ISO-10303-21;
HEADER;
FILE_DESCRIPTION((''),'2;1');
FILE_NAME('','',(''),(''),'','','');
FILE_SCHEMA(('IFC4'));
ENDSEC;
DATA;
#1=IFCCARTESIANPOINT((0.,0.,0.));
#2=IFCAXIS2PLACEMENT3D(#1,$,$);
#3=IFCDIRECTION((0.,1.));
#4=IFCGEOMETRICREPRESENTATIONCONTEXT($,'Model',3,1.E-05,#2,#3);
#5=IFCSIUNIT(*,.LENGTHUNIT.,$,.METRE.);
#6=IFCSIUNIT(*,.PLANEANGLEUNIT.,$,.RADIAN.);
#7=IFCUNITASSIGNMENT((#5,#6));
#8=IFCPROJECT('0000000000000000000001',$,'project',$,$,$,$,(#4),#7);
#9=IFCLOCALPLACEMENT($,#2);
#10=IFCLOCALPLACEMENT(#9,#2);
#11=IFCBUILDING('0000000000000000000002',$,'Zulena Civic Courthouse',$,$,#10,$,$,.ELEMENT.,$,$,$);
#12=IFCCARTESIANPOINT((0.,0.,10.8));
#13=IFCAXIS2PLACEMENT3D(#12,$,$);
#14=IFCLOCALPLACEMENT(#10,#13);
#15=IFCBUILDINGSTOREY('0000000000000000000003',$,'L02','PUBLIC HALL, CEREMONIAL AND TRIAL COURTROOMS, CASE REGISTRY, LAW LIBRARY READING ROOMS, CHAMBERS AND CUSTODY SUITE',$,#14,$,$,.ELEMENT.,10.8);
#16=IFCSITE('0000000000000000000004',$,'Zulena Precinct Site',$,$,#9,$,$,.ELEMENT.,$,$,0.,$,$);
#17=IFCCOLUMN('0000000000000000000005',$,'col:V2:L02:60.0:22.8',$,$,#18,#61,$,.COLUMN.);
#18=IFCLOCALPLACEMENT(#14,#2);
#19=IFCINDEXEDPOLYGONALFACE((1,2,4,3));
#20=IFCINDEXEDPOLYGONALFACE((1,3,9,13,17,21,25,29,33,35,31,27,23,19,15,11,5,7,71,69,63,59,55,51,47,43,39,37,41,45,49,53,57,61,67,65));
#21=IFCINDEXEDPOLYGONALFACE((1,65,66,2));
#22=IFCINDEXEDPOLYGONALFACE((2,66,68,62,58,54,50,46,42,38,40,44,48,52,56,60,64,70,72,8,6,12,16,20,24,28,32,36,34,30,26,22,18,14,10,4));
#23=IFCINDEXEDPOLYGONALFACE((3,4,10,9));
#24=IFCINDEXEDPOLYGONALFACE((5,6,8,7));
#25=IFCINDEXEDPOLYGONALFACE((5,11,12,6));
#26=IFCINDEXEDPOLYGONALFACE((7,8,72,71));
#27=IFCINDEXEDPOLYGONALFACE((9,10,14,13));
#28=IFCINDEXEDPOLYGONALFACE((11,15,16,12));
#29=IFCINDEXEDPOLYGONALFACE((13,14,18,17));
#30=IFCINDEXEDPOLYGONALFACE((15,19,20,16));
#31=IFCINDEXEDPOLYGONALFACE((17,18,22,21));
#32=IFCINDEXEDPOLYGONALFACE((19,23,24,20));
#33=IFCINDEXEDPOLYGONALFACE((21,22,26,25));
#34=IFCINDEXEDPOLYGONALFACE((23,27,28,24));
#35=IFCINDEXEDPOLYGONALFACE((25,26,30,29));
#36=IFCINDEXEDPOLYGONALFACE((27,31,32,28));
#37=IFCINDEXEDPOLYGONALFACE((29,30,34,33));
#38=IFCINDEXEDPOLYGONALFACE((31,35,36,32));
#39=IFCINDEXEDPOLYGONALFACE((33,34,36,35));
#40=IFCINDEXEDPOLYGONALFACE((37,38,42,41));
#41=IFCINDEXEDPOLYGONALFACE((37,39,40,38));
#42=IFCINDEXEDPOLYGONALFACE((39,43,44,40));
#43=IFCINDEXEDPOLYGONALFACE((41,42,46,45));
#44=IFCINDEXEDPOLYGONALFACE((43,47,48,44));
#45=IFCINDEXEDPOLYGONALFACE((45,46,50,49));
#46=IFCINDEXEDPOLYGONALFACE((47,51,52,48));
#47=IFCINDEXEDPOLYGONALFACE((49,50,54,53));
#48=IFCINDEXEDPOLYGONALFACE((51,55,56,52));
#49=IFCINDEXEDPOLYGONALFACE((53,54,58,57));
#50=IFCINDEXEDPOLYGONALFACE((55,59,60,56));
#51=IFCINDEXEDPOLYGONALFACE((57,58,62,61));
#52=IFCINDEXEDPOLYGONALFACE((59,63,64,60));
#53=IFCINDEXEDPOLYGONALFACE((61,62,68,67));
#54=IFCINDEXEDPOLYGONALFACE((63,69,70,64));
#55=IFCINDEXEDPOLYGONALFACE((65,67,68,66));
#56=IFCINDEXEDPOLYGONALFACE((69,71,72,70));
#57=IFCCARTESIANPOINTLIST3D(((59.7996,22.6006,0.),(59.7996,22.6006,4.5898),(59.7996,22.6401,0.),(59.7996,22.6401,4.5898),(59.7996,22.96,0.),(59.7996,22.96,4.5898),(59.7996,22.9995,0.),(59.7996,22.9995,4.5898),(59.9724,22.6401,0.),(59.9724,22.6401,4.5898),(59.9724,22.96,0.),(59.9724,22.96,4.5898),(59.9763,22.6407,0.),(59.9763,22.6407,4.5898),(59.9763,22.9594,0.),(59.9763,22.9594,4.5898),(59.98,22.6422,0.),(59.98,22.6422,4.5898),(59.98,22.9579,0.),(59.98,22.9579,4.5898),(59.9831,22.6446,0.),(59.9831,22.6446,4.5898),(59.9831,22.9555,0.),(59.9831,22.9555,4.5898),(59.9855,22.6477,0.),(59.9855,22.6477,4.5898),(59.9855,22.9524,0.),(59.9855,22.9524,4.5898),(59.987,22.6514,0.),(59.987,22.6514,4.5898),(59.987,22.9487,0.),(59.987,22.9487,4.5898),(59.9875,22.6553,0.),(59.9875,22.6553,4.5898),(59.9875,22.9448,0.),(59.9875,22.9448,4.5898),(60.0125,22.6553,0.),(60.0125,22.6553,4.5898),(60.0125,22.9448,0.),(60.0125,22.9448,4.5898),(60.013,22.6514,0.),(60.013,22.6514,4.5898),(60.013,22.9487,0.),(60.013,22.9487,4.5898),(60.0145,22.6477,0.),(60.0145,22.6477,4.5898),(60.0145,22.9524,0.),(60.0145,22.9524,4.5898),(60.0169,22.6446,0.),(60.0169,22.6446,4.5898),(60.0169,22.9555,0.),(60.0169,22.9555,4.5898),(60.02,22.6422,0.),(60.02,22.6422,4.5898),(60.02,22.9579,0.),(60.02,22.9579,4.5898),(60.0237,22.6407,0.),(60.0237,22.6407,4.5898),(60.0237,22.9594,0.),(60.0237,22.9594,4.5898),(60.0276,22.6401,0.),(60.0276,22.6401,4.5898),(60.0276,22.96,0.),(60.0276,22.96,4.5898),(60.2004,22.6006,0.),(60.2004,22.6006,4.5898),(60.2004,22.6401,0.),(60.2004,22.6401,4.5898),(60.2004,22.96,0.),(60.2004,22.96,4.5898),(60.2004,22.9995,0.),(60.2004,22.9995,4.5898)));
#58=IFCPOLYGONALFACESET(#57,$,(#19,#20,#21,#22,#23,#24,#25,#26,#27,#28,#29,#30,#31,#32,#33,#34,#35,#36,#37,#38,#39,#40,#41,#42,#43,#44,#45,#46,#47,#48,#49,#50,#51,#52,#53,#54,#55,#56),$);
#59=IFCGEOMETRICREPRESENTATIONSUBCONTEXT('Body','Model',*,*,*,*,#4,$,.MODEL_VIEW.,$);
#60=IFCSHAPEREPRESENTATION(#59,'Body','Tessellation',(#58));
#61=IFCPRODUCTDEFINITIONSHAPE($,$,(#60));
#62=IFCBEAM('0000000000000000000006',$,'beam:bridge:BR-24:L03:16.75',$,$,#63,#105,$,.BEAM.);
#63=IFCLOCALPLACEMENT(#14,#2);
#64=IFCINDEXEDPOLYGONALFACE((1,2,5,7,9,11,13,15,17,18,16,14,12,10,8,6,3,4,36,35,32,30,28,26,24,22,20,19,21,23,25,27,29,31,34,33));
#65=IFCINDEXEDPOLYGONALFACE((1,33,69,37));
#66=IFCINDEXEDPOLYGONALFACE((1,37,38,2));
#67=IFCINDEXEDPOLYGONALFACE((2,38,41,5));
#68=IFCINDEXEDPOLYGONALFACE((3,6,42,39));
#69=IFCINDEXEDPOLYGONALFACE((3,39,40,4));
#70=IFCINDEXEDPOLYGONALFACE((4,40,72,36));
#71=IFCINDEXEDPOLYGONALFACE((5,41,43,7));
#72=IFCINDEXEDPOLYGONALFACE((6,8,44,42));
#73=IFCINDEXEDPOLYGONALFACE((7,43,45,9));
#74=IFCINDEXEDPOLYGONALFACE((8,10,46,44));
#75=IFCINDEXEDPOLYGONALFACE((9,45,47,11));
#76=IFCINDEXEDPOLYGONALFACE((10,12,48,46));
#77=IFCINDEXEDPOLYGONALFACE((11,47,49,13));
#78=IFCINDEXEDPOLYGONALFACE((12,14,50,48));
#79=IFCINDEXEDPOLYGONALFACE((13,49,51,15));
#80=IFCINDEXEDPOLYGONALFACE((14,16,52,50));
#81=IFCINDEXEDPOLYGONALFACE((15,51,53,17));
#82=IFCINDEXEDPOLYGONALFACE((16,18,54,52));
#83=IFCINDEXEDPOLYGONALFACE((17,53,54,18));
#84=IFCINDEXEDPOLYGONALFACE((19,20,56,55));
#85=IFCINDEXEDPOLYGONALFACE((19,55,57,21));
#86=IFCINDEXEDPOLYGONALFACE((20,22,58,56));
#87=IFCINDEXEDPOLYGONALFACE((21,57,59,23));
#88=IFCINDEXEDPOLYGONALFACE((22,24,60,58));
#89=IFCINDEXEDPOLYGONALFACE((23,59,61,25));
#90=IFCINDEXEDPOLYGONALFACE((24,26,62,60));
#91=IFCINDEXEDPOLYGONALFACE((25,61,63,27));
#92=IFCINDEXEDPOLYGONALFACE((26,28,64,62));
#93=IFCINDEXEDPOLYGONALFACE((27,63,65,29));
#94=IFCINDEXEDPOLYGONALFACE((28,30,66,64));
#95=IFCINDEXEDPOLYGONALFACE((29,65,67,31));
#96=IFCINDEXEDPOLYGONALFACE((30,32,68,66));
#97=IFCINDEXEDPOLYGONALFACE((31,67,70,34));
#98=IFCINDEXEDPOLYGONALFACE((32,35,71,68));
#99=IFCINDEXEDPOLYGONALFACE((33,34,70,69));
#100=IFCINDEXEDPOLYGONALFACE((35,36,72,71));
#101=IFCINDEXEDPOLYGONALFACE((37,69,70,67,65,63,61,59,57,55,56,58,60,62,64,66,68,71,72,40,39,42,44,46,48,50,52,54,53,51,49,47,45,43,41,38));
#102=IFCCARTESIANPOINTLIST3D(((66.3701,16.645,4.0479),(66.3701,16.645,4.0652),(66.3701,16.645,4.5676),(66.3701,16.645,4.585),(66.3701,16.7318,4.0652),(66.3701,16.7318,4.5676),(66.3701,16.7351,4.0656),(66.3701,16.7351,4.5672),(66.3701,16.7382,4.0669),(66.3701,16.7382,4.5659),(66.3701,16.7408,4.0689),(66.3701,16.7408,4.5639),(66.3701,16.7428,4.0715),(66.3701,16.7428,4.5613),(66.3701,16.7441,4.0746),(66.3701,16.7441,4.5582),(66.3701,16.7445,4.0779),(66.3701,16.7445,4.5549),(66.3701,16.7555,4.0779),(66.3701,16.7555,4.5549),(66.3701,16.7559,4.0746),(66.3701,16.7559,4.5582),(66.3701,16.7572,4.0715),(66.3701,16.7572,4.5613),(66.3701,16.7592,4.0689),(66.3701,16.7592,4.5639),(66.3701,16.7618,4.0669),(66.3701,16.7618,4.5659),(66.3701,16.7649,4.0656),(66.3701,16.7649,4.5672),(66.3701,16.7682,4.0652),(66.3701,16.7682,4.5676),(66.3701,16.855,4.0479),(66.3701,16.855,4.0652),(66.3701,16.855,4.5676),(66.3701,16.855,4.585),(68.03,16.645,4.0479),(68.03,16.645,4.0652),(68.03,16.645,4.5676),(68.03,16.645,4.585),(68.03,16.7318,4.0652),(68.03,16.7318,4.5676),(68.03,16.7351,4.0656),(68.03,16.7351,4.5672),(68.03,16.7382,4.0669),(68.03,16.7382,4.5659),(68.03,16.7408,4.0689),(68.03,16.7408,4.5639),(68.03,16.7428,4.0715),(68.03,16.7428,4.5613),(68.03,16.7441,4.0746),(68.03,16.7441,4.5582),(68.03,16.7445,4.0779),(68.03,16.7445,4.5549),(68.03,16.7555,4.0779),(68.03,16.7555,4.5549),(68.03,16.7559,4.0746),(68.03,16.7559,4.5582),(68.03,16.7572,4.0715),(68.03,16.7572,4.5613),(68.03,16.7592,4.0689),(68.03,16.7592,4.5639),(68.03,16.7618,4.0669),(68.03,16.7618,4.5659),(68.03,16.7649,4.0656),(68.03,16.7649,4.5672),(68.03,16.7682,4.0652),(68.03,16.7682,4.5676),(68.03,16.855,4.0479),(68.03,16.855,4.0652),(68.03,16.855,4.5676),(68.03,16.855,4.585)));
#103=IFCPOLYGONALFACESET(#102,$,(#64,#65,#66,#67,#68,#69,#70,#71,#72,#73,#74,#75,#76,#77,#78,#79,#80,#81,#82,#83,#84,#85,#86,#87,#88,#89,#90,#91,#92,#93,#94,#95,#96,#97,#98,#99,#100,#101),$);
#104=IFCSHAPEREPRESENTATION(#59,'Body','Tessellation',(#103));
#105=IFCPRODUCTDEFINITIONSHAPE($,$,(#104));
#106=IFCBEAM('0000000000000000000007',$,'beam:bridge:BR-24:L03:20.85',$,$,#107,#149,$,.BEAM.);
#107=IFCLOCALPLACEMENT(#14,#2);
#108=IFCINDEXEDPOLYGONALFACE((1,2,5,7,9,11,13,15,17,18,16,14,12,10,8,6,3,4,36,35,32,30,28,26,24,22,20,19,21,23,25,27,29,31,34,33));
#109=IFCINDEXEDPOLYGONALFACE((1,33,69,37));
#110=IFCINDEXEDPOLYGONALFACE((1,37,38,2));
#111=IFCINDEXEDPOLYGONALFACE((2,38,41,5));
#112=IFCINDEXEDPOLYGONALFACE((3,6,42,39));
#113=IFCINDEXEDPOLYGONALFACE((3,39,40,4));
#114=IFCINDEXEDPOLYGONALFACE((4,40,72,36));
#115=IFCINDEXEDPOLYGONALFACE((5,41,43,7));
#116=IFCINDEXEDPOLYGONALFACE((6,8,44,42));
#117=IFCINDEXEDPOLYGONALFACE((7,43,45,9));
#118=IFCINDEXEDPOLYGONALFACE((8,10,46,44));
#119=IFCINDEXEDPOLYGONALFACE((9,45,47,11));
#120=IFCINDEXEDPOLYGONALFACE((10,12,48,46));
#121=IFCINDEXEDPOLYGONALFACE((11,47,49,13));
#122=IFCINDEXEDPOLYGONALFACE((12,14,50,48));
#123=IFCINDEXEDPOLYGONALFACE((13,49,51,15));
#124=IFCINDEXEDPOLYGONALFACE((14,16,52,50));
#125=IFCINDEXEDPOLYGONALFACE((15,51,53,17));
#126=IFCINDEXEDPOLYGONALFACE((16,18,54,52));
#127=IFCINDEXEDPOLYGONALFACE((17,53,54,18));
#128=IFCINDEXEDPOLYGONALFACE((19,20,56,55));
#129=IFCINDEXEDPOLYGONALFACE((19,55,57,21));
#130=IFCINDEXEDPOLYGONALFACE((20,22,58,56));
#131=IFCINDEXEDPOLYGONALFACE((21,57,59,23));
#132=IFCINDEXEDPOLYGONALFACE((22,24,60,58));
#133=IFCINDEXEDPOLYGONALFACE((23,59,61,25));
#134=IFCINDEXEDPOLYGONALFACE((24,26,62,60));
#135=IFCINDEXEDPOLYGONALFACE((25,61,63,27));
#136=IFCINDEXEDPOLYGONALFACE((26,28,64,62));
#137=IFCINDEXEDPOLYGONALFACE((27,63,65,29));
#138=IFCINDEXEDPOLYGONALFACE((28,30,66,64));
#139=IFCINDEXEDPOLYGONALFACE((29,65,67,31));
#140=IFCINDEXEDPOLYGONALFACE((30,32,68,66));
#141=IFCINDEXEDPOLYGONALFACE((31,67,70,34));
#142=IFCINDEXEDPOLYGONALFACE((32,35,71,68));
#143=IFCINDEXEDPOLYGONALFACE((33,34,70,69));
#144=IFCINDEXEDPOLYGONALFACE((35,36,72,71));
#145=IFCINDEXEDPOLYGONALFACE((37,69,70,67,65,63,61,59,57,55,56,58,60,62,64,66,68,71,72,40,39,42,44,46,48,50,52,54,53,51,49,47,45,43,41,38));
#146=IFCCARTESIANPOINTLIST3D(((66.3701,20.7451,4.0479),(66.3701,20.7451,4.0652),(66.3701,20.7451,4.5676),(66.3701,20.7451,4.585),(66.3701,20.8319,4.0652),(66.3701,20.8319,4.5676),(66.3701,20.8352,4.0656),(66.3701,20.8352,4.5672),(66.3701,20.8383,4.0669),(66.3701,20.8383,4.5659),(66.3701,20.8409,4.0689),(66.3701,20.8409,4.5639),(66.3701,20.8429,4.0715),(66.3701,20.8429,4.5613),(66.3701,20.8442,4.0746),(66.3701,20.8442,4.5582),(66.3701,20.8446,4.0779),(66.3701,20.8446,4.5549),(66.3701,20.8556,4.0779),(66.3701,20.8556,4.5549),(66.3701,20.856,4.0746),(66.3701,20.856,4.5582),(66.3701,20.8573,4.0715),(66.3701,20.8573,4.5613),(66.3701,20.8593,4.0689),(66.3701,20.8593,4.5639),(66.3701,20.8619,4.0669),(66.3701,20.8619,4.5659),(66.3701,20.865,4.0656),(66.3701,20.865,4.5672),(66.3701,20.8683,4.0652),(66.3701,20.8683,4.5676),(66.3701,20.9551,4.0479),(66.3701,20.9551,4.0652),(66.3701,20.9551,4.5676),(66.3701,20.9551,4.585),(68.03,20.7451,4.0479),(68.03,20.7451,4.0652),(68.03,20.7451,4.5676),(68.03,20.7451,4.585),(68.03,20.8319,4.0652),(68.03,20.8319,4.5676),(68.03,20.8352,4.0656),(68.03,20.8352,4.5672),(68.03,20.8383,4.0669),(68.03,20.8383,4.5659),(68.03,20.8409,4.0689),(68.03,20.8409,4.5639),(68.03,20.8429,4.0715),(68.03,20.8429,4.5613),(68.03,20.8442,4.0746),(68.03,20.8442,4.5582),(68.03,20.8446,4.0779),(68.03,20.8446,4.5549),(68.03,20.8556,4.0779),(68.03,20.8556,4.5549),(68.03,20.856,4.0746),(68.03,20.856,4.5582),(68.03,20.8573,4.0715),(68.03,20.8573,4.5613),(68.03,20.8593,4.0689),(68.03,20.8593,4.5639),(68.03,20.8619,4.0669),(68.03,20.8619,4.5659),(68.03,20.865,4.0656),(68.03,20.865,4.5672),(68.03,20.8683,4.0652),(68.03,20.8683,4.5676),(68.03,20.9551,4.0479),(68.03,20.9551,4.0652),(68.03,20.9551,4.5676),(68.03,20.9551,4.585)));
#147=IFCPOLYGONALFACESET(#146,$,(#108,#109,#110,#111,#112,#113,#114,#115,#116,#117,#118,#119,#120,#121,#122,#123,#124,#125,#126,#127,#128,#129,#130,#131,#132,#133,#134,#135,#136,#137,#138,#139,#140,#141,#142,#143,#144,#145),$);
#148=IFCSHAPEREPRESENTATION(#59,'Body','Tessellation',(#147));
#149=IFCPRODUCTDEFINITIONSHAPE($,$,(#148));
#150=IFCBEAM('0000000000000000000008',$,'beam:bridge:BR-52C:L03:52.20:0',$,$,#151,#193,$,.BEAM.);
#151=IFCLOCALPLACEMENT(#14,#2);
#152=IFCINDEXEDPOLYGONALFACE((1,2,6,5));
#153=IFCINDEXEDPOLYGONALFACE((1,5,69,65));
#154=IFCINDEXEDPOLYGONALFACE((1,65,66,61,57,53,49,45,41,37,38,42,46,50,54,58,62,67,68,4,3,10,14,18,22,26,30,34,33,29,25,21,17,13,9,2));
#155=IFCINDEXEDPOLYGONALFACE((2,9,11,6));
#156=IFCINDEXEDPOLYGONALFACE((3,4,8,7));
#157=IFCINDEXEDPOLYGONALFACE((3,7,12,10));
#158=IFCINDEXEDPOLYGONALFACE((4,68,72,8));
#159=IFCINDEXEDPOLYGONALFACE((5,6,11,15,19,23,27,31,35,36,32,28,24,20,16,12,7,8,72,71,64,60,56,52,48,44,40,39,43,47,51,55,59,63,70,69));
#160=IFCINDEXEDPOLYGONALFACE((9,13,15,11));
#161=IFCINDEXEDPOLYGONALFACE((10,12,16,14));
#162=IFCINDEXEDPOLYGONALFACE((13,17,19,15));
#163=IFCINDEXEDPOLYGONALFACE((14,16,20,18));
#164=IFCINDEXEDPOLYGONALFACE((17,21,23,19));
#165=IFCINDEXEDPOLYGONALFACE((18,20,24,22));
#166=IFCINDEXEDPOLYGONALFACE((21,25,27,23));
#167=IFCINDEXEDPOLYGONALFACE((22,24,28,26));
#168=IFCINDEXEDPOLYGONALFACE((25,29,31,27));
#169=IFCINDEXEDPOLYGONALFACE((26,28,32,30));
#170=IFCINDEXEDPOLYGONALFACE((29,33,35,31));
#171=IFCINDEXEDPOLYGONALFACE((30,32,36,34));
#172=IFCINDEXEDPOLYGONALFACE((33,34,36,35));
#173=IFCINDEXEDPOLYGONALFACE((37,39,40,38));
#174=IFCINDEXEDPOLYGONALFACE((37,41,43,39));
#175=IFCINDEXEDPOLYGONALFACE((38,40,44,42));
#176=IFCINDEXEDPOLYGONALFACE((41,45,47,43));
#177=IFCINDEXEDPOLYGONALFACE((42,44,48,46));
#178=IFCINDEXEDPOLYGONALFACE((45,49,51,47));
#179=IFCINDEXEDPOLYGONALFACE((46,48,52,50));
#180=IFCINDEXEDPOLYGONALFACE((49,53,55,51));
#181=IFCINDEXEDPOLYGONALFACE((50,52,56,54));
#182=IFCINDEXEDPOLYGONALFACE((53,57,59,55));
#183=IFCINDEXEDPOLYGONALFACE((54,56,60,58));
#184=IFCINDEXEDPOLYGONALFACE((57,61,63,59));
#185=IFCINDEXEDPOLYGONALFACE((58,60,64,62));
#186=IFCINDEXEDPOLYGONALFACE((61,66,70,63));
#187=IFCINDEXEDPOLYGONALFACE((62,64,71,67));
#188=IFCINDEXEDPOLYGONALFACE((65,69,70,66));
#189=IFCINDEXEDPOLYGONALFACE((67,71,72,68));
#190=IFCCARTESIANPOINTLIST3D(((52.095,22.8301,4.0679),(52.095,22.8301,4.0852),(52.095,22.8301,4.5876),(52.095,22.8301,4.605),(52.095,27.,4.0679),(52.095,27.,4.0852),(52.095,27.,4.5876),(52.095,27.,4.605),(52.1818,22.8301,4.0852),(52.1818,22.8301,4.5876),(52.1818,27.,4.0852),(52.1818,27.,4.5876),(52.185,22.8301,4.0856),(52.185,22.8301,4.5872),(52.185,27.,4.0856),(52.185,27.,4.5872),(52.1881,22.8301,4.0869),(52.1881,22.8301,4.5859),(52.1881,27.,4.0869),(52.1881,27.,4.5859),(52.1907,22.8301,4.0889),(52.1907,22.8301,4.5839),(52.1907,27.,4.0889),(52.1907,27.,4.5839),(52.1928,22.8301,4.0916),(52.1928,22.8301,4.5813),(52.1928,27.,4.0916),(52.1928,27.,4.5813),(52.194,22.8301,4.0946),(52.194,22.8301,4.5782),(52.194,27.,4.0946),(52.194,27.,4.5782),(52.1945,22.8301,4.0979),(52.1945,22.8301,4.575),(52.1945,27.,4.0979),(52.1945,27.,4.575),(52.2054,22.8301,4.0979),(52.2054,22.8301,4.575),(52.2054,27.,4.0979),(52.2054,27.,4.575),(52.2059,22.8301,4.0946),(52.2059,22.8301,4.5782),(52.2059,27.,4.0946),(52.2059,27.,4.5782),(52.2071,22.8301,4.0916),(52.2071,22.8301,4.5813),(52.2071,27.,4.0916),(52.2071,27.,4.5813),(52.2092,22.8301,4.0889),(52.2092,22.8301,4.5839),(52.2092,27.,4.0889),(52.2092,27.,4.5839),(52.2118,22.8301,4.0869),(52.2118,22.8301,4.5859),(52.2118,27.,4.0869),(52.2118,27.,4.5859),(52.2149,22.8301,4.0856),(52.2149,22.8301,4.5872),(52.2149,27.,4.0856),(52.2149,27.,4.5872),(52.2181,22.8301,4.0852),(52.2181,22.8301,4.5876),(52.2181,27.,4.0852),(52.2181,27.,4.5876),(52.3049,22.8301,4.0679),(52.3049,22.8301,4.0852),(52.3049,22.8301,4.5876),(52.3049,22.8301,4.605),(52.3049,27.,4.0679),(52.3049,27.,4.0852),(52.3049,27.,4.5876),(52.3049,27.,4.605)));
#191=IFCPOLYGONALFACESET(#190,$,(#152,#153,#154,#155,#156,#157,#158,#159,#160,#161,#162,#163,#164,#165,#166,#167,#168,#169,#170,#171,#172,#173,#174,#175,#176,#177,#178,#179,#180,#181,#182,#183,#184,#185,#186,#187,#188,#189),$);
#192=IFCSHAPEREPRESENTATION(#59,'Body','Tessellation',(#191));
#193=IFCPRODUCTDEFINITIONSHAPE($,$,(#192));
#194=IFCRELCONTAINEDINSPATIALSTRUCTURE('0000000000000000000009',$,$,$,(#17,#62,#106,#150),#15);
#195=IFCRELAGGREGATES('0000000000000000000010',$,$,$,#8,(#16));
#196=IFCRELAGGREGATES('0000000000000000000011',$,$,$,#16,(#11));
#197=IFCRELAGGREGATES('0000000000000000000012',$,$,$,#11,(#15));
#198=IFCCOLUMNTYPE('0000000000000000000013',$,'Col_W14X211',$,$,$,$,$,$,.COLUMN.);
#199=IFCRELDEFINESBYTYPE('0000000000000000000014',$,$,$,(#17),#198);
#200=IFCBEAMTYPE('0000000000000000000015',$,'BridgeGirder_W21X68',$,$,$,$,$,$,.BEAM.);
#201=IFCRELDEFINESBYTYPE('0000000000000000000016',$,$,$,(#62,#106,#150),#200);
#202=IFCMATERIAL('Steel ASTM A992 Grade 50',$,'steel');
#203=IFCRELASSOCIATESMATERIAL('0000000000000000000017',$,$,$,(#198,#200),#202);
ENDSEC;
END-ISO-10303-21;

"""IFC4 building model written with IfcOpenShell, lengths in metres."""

from ifc_helpers import new_model, si_unit, direction, frame, origin, origin_2d, place, context, subcontext, project, spatial, i_section, extrude, material, material_profile, profile_set, type_object, element, save


model = new_model("IFC4")

# Units and contexts
model_context = context("Model", 3, precision=1e-05, world=origin(), true_north=direction((0.0, 1.0)))
body_context = subcontext(model_context, "Body", "Model", "MODEL_VIEW")
ifc_project = project(units=[si_unit("LENGTHUNIT", "METRE"), si_unit("PLANEANGLEUNIT", "RADIAN")], contexts=[model_context])

# Site, building, storey
site_placement = place(None, origin())
site = spatial("IfcSite", under=ifc_project, at=site_placement, Name="Zulena Precinct Site", CompositionType="ELEMENT", RefElevation=0.0)
building_placement = place(site_placement, origin())
building = spatial("IfcBuilding", under=site, at=building_placement, Name="Zulena Civic Courthouse", CompositionType="ELEMENT")
storey_placement = place(building_placement, frame((0.0, 0.0, 10.8)))
storey = spatial("IfcBuildingStorey", under=building, at=storey_placement, Name="L02", Description="PUBLIC HALL, CEREMONIAL AND TRIAL COURTROOMS, CASE REGISTRY, LAW LIBRARY READING ROOMS, CHAMBERS AND CUSTODY SUITE", CompositionType="ELEMENT", Elevation=10.8)

# Column
ifc_material_1 = material(Name="Steel ASTM A992 Grade 50", Category="steel")
ifc_material_profile_1 = material_profile(ifc_material_1, i_section(OverallWidth=0.4009, OverallDepth=0.3989, WebThickness=0.0249, FlangeThickness=0.0396, FilletRadius=0.0151, at=origin_2d()), Name="W14X211")
ifc_profile_set_1 = profile_set([ifc_material_profile_1], Name="Steel ASTM A992 Grade 50")
column_type = type_object("IfcColumnType", Name="Col_W14X211", PredefinedType="COLUMN", material=ifc_profile_set_1)
column_placement = place(storey_placement, frame((60.0, 22.8, 0.0), z_axis=(0.0, 0.0, 1.0), x_axis=(1.0, 0.0, 0.0)))
element("IfcColumn", 1, at=column_placement, inside=storey, type_object=column_type, Name="col:V2:L02:60.0:22.8", PredefinedType="COLUMN", context=body_context, shape_type="SweptSolid", body=[
    extrude(i_section(OverallWidth=0.4009, OverallDepth=0.3989, WebThickness=0.0249, FlangeThickness=0.0396, FilletRadius=0.0151, at=origin_2d()), origin(), (0.0, 0.0, 1.0), 4.5898),
])

# Beams
ifc_material_profile_2 = material_profile(ifc_material_1, i_section(OverallWidth=0.21, OverallDepth=0.5371, WebThickness=0.011, FlangeThickness=0.0173, FilletRadius=0.0127, at=origin_2d()), Name="W21X68")
ifc_profile_set_2 = profile_set([ifc_material_profile_2], Name="Steel ASTM A992 Grade 50")
beam_type_1 = type_object("IfcBeamType", Name="BridgeGirder_W21X68", PredefinedType="BEAM", material=ifc_profile_set_2)
for number, where, z_axis, x_axis, name in (
    (2, (66.3701, 16.75, 4.3164), (1.0, 0.0, 0.0), (0.0, 1.0, 0.0), "beam:bridge:BR-24:L03:16.75"),
    (3, (66.3701, 20.8501, 4.3164), (1.0, 0.0, 0.0), (0.0, 1.0, 0.0), "beam:bridge:BR-24:L03:20.85"),
):
    element("IfcBeam", number, at=place(storey_placement, frame(where, z_axis=z_axis, x_axis=x_axis)), inside=storey, type_object=beam_type_1, Name=name, PredefinedType="BEAM", context=body_context, shape_type="SweptSolid", body=[
        extrude(i_section(OverallWidth=0.21, OverallDepth=0.5371, WebThickness=0.011, FlangeThickness=0.0173, FilletRadius=0.0127, at=origin_2d()), origin(), (0.0, 0.0, 1.0), 1.6599),
    ])
for number, where, z_axis, x_axis, name in (
    (4, (52.2, 22.8301, 4.3364), (0.0, 1.0, 0.0), (-1.0, 0.0, 0.0), "beam:bridge:BR-52C:L03:52.20:0"),
):
    element("IfcBeam", number, at=place(storey_placement, frame(where, z_axis=z_axis, x_axis=x_axis)), inside=storey, type_object=beam_type_1, Name=name, PredefinedType="BEAM", context=body_context, shape_type="SweptSolid", body=[
        extrude(i_section(OverallWidth=0.21, OverallDepth=0.5371, WebThickness=0.011, FlangeThickness=0.0173, FilletRadius=0.0127, at=origin_2d()), origin(), (0.0, 0.0, 1.0), 4.1699),
    ])

save(model, "model.ifc")
